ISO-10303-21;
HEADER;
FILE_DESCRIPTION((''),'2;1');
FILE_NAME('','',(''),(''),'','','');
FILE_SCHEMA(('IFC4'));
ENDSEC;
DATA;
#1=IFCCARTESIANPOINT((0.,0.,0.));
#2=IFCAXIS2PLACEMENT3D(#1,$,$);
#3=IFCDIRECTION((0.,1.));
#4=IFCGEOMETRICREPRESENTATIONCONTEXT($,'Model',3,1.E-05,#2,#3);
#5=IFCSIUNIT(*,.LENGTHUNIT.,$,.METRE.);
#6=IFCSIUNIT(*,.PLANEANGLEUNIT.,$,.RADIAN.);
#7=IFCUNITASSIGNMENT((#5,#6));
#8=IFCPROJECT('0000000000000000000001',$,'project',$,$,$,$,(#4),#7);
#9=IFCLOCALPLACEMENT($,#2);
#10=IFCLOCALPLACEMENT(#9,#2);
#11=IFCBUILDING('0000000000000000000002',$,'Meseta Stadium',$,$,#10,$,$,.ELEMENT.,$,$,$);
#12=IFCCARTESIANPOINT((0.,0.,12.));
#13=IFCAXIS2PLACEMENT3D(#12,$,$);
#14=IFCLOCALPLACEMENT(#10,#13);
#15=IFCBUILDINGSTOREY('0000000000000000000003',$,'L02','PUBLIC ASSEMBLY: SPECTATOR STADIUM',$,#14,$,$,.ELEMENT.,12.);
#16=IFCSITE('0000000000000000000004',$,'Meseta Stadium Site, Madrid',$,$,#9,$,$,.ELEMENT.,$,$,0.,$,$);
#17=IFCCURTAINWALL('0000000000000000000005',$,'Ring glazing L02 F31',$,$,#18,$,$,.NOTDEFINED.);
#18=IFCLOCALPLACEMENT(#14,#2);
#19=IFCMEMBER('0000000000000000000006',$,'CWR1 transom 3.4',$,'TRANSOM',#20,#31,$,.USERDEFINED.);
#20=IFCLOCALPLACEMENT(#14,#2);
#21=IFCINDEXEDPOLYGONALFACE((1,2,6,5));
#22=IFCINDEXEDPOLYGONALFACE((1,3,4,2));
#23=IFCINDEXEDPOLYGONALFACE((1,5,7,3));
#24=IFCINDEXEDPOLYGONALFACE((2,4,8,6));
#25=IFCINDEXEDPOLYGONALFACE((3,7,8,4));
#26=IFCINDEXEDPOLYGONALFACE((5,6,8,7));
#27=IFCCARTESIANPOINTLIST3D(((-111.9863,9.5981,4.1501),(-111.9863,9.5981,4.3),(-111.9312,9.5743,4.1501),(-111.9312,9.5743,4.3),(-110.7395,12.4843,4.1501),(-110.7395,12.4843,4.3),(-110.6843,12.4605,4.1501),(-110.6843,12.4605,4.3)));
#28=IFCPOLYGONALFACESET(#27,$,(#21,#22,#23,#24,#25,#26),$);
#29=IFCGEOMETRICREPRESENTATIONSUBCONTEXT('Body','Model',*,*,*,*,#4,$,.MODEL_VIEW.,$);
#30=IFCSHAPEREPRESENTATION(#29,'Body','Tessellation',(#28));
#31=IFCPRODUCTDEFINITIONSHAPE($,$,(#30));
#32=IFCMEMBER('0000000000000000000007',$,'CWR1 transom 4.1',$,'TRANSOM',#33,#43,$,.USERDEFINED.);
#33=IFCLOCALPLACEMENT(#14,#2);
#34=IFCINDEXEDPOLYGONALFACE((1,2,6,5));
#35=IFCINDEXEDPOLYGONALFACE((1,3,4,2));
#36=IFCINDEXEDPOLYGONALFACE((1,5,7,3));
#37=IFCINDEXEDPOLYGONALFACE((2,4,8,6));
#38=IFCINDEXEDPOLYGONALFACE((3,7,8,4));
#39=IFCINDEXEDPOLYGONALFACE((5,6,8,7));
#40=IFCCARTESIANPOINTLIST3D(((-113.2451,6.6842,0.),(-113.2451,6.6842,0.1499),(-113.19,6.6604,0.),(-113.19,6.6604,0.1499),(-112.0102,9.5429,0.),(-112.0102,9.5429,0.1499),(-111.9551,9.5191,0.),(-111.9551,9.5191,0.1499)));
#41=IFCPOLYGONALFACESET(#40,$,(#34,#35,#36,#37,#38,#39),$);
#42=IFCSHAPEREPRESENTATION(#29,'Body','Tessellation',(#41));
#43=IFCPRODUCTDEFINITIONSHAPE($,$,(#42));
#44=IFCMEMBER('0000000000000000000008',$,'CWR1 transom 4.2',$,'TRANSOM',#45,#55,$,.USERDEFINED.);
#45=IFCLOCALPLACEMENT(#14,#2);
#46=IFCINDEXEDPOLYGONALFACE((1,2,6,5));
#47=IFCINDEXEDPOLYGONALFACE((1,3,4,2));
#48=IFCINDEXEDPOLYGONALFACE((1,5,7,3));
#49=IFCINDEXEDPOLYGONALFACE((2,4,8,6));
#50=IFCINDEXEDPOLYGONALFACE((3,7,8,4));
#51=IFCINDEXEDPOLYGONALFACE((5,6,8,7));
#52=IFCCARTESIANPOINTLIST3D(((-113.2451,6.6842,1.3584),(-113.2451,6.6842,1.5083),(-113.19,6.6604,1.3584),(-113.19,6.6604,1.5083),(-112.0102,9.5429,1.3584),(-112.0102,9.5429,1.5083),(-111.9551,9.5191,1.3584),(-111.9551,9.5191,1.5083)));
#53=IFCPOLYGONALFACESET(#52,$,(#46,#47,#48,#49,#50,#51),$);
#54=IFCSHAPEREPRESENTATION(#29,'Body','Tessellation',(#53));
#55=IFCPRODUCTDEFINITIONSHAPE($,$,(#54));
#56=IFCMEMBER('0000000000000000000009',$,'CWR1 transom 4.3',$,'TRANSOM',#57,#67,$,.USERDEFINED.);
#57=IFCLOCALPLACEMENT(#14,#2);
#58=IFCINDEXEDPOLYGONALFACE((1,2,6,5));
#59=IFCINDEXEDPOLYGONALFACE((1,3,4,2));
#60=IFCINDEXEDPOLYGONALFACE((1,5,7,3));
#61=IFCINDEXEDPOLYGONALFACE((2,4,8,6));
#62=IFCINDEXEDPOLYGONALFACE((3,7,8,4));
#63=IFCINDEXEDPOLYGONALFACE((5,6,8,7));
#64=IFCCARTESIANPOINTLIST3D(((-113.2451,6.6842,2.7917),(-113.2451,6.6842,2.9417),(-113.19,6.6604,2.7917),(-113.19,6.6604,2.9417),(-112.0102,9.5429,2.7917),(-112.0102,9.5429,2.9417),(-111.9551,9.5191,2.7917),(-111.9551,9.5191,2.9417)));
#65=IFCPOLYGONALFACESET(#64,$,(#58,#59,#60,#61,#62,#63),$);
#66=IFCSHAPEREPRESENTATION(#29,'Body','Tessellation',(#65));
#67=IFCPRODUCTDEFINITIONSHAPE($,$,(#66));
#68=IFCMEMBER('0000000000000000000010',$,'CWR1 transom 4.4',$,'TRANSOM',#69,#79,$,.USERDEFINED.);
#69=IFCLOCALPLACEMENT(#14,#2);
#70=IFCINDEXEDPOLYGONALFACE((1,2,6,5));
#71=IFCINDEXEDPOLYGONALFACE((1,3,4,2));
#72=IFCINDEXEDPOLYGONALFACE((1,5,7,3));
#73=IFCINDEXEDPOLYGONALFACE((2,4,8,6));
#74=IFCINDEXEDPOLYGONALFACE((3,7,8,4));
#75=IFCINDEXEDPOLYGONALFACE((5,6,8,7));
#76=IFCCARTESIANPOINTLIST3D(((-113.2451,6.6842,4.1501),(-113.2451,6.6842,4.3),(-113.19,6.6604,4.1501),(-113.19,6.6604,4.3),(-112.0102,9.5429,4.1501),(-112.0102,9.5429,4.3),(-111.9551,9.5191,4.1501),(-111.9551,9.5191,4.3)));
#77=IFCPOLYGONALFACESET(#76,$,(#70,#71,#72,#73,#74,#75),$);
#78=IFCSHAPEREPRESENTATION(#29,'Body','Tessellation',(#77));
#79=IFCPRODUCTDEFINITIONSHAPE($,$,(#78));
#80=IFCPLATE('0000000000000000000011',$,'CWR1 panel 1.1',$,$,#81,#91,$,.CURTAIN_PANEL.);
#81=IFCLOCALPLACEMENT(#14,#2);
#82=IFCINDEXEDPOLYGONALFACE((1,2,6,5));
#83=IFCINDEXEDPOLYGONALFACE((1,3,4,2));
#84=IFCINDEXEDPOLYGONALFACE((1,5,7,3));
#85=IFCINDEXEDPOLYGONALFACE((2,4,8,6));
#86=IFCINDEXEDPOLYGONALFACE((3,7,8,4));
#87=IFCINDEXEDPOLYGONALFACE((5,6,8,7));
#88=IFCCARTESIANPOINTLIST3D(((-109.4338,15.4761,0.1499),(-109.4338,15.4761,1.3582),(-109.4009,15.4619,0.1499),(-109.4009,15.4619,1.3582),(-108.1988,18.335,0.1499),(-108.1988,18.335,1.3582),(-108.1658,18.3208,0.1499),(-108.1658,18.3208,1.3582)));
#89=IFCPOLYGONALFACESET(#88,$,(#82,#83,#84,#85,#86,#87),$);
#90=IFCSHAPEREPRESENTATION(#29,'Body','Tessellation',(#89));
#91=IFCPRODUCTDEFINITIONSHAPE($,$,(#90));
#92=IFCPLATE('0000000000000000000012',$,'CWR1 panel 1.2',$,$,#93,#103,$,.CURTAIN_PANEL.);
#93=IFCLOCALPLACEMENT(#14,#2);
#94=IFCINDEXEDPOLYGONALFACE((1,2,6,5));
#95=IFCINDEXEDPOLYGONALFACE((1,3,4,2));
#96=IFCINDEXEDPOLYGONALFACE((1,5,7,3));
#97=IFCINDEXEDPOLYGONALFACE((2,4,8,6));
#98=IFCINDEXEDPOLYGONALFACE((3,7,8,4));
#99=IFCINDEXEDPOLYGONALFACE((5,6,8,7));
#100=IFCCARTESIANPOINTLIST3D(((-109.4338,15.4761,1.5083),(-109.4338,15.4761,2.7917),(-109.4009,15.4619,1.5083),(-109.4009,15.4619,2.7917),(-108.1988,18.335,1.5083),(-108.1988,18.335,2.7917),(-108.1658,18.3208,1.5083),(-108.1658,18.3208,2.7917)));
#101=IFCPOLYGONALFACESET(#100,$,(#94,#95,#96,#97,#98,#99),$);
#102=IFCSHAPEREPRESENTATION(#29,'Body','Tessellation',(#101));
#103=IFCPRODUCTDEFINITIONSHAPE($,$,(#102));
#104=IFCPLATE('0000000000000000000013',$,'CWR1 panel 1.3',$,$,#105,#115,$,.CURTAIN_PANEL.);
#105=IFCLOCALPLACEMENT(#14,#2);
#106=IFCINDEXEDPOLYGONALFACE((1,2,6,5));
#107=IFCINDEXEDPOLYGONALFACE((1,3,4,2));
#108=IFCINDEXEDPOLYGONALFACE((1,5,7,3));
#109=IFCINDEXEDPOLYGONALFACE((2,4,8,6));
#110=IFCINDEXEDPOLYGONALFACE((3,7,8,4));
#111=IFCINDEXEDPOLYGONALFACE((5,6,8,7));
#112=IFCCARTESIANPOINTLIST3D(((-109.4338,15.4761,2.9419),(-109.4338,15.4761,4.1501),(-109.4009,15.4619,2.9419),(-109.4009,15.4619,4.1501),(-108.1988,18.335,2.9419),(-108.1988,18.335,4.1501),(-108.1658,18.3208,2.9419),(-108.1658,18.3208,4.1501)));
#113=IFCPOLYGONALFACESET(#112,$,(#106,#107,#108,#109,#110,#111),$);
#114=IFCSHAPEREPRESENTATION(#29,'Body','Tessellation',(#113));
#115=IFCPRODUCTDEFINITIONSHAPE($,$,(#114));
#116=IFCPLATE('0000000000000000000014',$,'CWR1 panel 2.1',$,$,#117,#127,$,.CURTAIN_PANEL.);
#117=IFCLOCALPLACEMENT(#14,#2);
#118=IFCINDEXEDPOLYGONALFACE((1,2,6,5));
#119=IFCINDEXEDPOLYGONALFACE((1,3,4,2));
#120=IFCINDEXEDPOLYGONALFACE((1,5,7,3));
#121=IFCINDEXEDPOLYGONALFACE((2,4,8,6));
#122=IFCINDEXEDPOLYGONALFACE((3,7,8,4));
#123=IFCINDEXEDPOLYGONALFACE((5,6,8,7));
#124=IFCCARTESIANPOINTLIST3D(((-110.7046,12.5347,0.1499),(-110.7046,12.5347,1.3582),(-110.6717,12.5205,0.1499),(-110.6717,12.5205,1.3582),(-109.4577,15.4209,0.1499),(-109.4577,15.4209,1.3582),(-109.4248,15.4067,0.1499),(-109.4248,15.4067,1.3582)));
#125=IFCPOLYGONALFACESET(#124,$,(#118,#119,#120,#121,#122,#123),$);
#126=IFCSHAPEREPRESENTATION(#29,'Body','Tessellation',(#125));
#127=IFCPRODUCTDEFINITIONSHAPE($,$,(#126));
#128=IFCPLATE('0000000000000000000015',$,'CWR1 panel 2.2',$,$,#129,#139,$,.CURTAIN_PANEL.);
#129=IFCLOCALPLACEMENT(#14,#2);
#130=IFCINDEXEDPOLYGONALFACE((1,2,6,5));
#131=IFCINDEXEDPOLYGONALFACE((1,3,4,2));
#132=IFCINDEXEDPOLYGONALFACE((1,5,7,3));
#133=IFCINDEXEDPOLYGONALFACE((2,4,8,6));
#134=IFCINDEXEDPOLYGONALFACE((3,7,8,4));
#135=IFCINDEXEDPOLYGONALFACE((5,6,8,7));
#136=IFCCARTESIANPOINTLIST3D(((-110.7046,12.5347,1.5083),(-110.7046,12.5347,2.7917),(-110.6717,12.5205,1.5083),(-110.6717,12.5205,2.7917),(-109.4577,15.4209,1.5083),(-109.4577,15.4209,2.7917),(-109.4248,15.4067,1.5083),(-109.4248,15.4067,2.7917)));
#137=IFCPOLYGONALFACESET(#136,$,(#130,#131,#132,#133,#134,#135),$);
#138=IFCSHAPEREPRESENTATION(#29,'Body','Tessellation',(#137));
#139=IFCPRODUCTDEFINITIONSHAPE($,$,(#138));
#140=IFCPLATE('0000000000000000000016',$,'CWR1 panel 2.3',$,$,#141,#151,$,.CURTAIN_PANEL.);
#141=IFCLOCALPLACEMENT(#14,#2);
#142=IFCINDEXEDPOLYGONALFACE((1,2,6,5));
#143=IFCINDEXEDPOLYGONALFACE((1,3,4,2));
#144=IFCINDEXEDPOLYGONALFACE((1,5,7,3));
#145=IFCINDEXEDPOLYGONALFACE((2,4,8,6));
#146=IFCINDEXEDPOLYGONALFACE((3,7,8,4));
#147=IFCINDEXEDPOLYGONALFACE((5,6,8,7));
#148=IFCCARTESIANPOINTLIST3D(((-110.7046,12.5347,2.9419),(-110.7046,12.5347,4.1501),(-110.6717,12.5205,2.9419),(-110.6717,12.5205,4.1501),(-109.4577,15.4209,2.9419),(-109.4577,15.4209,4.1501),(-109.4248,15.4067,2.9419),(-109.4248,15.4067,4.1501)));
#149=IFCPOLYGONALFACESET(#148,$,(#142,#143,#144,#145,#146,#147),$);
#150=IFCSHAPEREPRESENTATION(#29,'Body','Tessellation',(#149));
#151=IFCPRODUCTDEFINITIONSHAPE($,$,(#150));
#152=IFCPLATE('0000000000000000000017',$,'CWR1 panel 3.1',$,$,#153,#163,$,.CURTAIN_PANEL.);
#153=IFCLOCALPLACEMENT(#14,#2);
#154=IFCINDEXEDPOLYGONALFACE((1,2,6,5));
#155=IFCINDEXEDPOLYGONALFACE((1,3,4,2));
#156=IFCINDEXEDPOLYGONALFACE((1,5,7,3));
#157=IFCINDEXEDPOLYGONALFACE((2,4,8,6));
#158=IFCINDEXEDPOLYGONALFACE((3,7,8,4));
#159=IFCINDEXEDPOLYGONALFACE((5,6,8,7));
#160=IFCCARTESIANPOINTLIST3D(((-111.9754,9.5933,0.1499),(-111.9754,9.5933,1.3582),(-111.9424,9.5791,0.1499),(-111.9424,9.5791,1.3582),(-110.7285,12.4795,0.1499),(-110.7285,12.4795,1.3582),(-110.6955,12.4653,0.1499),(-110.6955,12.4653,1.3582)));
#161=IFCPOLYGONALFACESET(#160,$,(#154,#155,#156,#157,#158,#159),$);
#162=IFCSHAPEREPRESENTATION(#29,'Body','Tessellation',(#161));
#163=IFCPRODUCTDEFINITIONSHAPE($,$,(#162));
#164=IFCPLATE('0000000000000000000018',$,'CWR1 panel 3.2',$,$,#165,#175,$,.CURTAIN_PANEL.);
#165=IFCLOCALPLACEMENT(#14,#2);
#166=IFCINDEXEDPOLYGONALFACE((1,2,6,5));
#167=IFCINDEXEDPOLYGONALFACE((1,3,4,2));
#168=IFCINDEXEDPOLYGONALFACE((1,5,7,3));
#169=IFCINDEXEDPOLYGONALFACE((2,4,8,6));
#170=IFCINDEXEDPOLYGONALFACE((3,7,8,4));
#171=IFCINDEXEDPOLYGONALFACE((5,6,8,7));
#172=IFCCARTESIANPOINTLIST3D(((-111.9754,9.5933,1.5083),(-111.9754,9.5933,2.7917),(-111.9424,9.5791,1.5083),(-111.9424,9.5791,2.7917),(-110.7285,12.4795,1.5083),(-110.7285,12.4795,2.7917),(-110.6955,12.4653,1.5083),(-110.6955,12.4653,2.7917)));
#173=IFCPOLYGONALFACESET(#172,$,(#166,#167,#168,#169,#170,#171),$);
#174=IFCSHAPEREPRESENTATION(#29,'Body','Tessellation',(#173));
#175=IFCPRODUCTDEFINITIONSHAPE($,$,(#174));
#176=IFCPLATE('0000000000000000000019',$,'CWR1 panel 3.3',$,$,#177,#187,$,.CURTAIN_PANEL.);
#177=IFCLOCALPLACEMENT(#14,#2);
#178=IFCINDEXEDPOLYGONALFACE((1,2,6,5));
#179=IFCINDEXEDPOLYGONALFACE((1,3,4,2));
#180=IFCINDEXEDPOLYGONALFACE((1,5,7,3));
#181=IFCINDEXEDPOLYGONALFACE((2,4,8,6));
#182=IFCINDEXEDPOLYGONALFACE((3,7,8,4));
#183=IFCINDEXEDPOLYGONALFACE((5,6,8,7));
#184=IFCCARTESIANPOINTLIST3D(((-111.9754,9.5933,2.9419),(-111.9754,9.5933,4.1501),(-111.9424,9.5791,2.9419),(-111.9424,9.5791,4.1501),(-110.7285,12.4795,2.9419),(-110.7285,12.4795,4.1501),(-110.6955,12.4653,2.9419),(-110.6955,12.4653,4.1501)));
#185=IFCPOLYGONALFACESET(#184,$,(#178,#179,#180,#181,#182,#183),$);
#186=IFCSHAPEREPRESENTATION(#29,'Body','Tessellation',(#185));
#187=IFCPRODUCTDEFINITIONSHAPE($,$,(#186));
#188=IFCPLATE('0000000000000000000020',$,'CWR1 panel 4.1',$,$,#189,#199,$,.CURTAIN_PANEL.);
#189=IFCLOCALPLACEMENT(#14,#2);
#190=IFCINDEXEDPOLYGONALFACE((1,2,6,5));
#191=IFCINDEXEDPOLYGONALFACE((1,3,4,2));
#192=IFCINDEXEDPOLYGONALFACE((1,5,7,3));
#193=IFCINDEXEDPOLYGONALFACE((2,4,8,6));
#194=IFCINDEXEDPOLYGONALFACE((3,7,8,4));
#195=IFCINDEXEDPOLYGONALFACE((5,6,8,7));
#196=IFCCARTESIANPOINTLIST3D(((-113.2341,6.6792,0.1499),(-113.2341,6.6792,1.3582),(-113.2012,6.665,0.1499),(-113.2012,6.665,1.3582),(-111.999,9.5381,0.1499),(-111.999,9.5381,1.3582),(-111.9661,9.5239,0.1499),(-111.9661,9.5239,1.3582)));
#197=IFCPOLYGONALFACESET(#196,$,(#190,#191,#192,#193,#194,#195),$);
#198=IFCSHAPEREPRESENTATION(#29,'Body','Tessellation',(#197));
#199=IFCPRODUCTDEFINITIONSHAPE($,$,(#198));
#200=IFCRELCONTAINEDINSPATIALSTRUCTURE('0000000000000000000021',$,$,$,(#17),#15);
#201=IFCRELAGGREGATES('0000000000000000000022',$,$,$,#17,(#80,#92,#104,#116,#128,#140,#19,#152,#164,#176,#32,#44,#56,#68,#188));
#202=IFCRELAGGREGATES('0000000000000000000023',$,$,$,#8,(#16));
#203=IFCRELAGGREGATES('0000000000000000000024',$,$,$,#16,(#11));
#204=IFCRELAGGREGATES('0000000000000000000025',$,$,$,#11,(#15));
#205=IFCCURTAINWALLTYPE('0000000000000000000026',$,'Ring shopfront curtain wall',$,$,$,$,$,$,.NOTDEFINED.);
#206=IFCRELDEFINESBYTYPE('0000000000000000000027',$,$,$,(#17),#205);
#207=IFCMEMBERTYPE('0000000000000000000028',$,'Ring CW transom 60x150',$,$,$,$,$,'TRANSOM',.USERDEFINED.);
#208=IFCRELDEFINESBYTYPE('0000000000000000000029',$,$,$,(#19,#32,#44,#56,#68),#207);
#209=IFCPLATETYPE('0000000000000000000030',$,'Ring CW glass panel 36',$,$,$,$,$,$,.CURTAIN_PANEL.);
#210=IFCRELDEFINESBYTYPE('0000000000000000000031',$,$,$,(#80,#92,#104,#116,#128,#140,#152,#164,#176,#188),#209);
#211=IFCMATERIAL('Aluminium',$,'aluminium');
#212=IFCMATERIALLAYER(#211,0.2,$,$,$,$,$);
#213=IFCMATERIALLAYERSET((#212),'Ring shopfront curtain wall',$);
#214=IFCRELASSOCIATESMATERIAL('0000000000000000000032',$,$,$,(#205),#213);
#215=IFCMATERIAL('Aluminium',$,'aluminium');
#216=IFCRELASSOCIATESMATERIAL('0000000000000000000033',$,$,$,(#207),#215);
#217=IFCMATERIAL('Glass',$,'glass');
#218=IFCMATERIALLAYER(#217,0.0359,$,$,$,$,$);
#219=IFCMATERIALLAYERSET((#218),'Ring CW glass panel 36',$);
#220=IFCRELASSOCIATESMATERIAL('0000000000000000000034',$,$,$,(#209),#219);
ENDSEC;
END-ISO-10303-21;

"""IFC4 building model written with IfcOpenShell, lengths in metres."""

from ifc_helpers import new_model, si_unit, direction, frame, origin, origin_2d, place, context, subcontext, project, spatial, rectangle, extrude, material, layer, layer_set, material_profile, profile_set, type_object, element, aggregate, save


model = new_model("IFC4")

# Units and contexts
model_context = context("Model", 3, precision=1e-05, world=origin(), true_north=direction((0.0, 1.0)))
body_context = subcontext(model_context, "Body", "Model", "MODEL_VIEW")
ifc_project = project(units=[si_unit("LENGTHUNIT", "METRE"), si_unit("PLANEANGLEUNIT", "RADIAN")], contexts=[model_context])

# Site, building, storey
site_placement = place(None, origin())
site = spatial("IfcSite", under=ifc_project, at=site_placement, Name="Meseta Stadium Site, Madrid", CompositionType="ELEMENT", RefElevation=0.0)
building_placement = place(site_placement, origin())
building = spatial("IfcBuilding", under=site, at=building_placement, Name="Meseta Stadium", CompositionType="ELEMENT")
storey_placement = place(building_placement, frame((0.0, 0.0, 12.0)))
storey = spatial("IfcBuildingStorey", under=building, at=storey_placement, Name="L02", Description="PUBLIC ASSEMBLY: SPECTATOR STADIUM", CompositionType="ELEMENT", Elevation=12.0)

# Curtain wall, members, plates
ifc_material_1 = material(Name="Aluminium", Category="aluminium")
ifc_layer_1 = layer(ifc_material_1, 0.2)
ifc_layer_set_1 = layer_set([ifc_layer_1], Name="Ring shopfront curtain wall")
curtain_wall_type = type_object("IfcCurtainWallType", Name="Ring shopfront curtain wall", PredefinedType="NOTDEFINED", material=ifc_layer_set_1)
curtain_wall_placement = place(storey_placement, origin())
curtain_wall = element("IfcCurtainWall", 1, at=curtain_wall_placement, inside=storey, type_object=curtain_wall_type, Name="Ring glazing L02 F31", PredefinedType="NOTDEFINED")
ifc_material_2 = material(Name="Aluminium", Category="aluminium")
ifc_material_profile_1 = material_profile(ifc_material_2, rectangle(XDim=0.0601, YDim=0.1499, at=origin_2d()), Name="CW 60x150")
ifc_profile_set_1 = profile_set([ifc_material_profile_1], Name="Aluminium")
member_type_1 = type_object("IfcMemberType", Name="Ring CW transom 60x150", ElementType="TRANSOM", PredefinedType="USERDEFINED", material=ifc_profile_set_1)
member_1_placement = place(storey_placement, frame((-110.7119, 12.4724, 4.2251), z_axis=(-0.39657, -0.918005, 0.0), x_axis=(0.918005, -0.39657, 0.0)))
member_1 = element("IfcMember", 2, at=member_1_placement, type_object=member_type_1, Name="CWR1 transom 3.4", ObjectType="TRANSOM", PredefinedType="USERDEFINED", context=body_context, shape_type="SweptSolid", body=[
    extrude(rectangle(XDim=0.0601, YDim=0.1499, at=origin_2d()), origin(), (0.0, 0.0, 1.0), 3.144),
])
member_2_placement = place(storey_placement, frame((-111.9827, 9.531, 0.075), z_axis=(-0.396558, -0.91801, 0.0), x_axis=(0.91801, -0.396558, 0.0)))
member_2 = element("IfcMember", 3, at=member_2_placement, type_object=member_type_1, Name="CWR1 transom 4.1", ObjectType="TRANSOM", PredefinedType="USERDEFINED", context=body_context, shape_type="SweptSolid", body=[
    extrude(rectangle(XDim=0.0601, YDim=0.1499, at=origin_2d()), origin(), (0.0, 0.0, 1.0), 3.114),
])
member_3_placement = place(storey_placement, frame((-111.9827, 9.531, 1.4333), z_axis=(-0.396558, -0.91801, 0.0), x_axis=(0.91801, -0.396558, 0.0)))
member_3 = element("IfcMember", 4, at=member_3_placement, type_object=member_type_1, Name="CWR1 transom 4.2", ObjectType="TRANSOM", PredefinedType="USERDEFINED", context=body_context, shape_type="SweptSolid", body=[
    extrude(rectangle(XDim=0.0601, YDim=0.1499, at=origin_2d()), origin(), (0.0, 0.0, 1.0), 3.114),
])
member_4_placement = place(storey_placement, frame((-111.9827, 9.531, 2.8667), z_axis=(-0.396558, -0.91801, 0.0), x_axis=(0.91801, -0.396558, 0.0)))
member_4 = element("IfcMember", 5, at=member_4_placement, type_object=member_type_1, Name="CWR1 transom 4.3", ObjectType="TRANSOM", PredefinedType="USERDEFINED", context=body_context, shape_type="SweptSolid", body=[
    extrude(rectangle(XDim=0.0601, YDim=0.1499, at=origin_2d()), origin(), (0.0, 0.0, 1.0), 3.114),
])
member_5_placement = place(storey_placement, frame((-111.9827, 9.531, 4.2251), z_axis=(-0.396558, -0.91801, 0.0), x_axis=(0.91801, -0.396558, 0.0)))
member_5 = element("IfcMember", 6, at=member_5_placement, type_object=member_type_1, Name="CWR1 transom 4.4", ObjectType="TRANSOM", PredefinedType="USERDEFINED", context=body_context, shape_type="SweptSolid", body=[
    extrude(rectangle(XDim=0.0601, YDim=0.1499, at=origin_2d()), origin(), (0.0, 0.0, 1.0), 3.114),
])
ifc_material_3 = material(Name="Glass", Category="glass")
ifc_layer_2 = layer(ifc_material_3, 0.0359)
ifc_layer_set_2 = layer_set([ifc_layer_2], Name="Ring CW glass panel 36")
plate_type_1 = type_object("IfcPlateType", Name="Ring CW glass panel 36", PredefinedType="CURTAIN_PANEL", material=ifc_layer_set_2)
plate_1_placement = place(storey_placement, frame((-108.7998, 16.8984, 0.1499), z_axis=(0.0, 0.0, 1.0), x_axis=(-0.396581, -0.918, 0.0)))
plate_1 = element("IfcPlate", 7, at=plate_1_placement, type_object=plate_type_1, Name="CWR1 panel 1.1", PredefinedType="CURTAIN_PANEL", context=body_context, shape_type="SweptSolid", body=[
    extrude(rectangle(XDim=3.1143, YDim=0.0359, at=origin_2d()), origin(), (0.0, 0.0, 1.0), 1.2083),
])
plate_2_placement = place(storey_placement, frame((-108.7998, 16.8984, 1.5083), z_axis=(0.0, 0.0, 1.0), x_axis=(-0.396581, -0.918, 0.0)))
plate_2 = element("IfcPlate", 8, at=plate_2_placement, type_object=plate_type_1, Name="CWR1 panel 1.2", PredefinedType="CURTAIN_PANEL", context=body_context, shape_type="SweptSolid", body=[
    extrude(rectangle(XDim=3.1143, YDim=0.0359, at=origin_2d()), origin(), (0.0, 0.0, 1.0), 1.2834),
])
plate_3_placement = place(storey_placement, frame((-108.7998, 16.8984, 2.9419), z_axis=(0.0, 0.0, 1.0), x_axis=(-0.396581, -0.918, 0.0)))
plate_3 = element("IfcPlate", 9, at=plate_3_placement, type_object=plate_type_1, Name="CWR1 panel 1.3", PredefinedType="CURTAIN_PANEL", context=body_context, shape_type="SweptSolid", body=[
    extrude(rectangle(XDim=3.1143, YDim=0.0359, at=origin_2d()), origin(), (0.0, 0.0, 1.0), 1.2083),
])
plate_4_placement = place(storey_placement, frame((-110.0647, 13.9707, 0.1499), z_axis=(0.0, 0.0, 1.0), x_axis=(-0.396581, -0.918, 0.0)))
plate_4 = element("IfcPlate", 10, at=plate_4_placement, type_object=plate_type_1, Name="CWR1 panel 2.1", PredefinedType="CURTAIN_PANEL", context=body_context, shape_type="SweptSolid", body=[
    extrude(rectangle(XDim=3.144, YDim=0.0359, at=origin_2d()), origin(), (0.0, 0.0, 1.0), 1.2083),
])
plate_5_placement = place(storey_placement, frame((-110.0647, 13.9707, 1.5083), z_axis=(0.0, 0.0, 1.0), x_axis=(-0.396581, -0.918, 0.0)))
plate_5 = element("IfcPlate", 11, at=plate_5_placement, type_object=plate_type_1, Name="CWR1 panel 2.2", PredefinedType="CURTAIN_PANEL", context=body_context, shape_type="SweptSolid", body=[
    extrude(rectangle(XDim=3.144, YDim=0.0359, at=origin_2d()), origin(), (0.0, 0.0, 1.0), 1.2834),
])
plate_6_placement = place(storey_placement, frame((-110.0647, 13.9707, 2.9419), z_axis=(0.0, 0.0, 1.0), x_axis=(-0.396581, -0.918, 0.0)))
plate_6 = element("IfcPlate", 12, at=plate_6_placement, type_object=plate_type_1, Name="CWR1 panel 2.3", PredefinedType="CURTAIN_PANEL", context=body_context, shape_type="SweptSolid", body=[
    extrude(rectangle(XDim=3.144, YDim=0.0359, at=origin_2d()), origin(), (0.0, 0.0, 1.0), 1.2083),
])
plate_7_placement = place(storey_placement, frame((-111.3354, 11.0293, 0.1499), z_axis=(0.0, 0.0, 1.0), x_axis=(-0.396581, -0.918, 0.0)))
plate_7 = element("IfcPlate", 13, at=plate_7_placement, type_object=plate_type_1, Name="CWR1 panel 3.1", PredefinedType="CURTAIN_PANEL", context=body_context, shape_type="SweptSolid", body=[
    extrude(rectangle(XDim=3.144, YDim=0.0359, at=origin_2d()), origin(), (0.0, 0.0, 1.0), 1.2083),
])
plate_8_placement = place(storey_placement, frame((-111.3354, 11.0293, 1.5083), z_axis=(0.0, 0.0, 1.0), x_axis=(-0.396581, -0.918, 0.0)))
plate_8 = element("IfcPlate", 14, at=plate_8_placement, type_object=plate_type_1, Name="CWR1 panel 3.2", PredefinedType="CURTAIN_PANEL", context=body_context, shape_type="SweptSolid", body=[
    extrude(rectangle(XDim=3.144, YDim=0.0359, at=origin_2d()), origin(), (0.0, 0.0, 1.0), 1.2834),
])
plate_9_placement = place(storey_placement, frame((-111.3354, 11.0293, 2.9419), z_axis=(0.0, 0.0, 1.0), x_axis=(-0.396581, -0.918, 0.0)))
plate_9 = element("IfcPlate", 15, at=plate_9_placement, type_object=plate_type_1, Name="CWR1 panel 3.3", PredefinedType="CURTAIN_PANEL", context=body_context, shape_type="SweptSolid", body=[
    extrude(rectangle(XDim=3.144, YDim=0.0359, at=origin_2d()), origin(), (0.0, 0.0, 1.0), 1.2083),
])
plate_10_placement = place(storey_placement, frame((-112.6001, 8.1016, 0.1499), z_axis=(0.0, 0.0, 1.0), x_axis=(-0.396581, -0.918, 0.0)))
plate_10 = element("IfcPlate", 16, at=plate_10_placement, type_object=plate_type_1, Name="CWR1 panel 4.1", PredefinedType="CURTAIN_PANEL", context=body_context, shape_type="SweptSolid", body=[
    extrude(rectangle(XDim=3.1143, YDim=0.0359, at=origin_2d()), origin(), (0.0, 0.0, 1.0), 1.2083),
])
aggregate(curtain_wall, [plate_1, plate_2, plate_3, plate_4, plate_5, plate_6, member_1, plate_7, plate_8, plate_9, member_2, member_3, member_4, member_5, plate_10])

save(model, "model.ifc")
